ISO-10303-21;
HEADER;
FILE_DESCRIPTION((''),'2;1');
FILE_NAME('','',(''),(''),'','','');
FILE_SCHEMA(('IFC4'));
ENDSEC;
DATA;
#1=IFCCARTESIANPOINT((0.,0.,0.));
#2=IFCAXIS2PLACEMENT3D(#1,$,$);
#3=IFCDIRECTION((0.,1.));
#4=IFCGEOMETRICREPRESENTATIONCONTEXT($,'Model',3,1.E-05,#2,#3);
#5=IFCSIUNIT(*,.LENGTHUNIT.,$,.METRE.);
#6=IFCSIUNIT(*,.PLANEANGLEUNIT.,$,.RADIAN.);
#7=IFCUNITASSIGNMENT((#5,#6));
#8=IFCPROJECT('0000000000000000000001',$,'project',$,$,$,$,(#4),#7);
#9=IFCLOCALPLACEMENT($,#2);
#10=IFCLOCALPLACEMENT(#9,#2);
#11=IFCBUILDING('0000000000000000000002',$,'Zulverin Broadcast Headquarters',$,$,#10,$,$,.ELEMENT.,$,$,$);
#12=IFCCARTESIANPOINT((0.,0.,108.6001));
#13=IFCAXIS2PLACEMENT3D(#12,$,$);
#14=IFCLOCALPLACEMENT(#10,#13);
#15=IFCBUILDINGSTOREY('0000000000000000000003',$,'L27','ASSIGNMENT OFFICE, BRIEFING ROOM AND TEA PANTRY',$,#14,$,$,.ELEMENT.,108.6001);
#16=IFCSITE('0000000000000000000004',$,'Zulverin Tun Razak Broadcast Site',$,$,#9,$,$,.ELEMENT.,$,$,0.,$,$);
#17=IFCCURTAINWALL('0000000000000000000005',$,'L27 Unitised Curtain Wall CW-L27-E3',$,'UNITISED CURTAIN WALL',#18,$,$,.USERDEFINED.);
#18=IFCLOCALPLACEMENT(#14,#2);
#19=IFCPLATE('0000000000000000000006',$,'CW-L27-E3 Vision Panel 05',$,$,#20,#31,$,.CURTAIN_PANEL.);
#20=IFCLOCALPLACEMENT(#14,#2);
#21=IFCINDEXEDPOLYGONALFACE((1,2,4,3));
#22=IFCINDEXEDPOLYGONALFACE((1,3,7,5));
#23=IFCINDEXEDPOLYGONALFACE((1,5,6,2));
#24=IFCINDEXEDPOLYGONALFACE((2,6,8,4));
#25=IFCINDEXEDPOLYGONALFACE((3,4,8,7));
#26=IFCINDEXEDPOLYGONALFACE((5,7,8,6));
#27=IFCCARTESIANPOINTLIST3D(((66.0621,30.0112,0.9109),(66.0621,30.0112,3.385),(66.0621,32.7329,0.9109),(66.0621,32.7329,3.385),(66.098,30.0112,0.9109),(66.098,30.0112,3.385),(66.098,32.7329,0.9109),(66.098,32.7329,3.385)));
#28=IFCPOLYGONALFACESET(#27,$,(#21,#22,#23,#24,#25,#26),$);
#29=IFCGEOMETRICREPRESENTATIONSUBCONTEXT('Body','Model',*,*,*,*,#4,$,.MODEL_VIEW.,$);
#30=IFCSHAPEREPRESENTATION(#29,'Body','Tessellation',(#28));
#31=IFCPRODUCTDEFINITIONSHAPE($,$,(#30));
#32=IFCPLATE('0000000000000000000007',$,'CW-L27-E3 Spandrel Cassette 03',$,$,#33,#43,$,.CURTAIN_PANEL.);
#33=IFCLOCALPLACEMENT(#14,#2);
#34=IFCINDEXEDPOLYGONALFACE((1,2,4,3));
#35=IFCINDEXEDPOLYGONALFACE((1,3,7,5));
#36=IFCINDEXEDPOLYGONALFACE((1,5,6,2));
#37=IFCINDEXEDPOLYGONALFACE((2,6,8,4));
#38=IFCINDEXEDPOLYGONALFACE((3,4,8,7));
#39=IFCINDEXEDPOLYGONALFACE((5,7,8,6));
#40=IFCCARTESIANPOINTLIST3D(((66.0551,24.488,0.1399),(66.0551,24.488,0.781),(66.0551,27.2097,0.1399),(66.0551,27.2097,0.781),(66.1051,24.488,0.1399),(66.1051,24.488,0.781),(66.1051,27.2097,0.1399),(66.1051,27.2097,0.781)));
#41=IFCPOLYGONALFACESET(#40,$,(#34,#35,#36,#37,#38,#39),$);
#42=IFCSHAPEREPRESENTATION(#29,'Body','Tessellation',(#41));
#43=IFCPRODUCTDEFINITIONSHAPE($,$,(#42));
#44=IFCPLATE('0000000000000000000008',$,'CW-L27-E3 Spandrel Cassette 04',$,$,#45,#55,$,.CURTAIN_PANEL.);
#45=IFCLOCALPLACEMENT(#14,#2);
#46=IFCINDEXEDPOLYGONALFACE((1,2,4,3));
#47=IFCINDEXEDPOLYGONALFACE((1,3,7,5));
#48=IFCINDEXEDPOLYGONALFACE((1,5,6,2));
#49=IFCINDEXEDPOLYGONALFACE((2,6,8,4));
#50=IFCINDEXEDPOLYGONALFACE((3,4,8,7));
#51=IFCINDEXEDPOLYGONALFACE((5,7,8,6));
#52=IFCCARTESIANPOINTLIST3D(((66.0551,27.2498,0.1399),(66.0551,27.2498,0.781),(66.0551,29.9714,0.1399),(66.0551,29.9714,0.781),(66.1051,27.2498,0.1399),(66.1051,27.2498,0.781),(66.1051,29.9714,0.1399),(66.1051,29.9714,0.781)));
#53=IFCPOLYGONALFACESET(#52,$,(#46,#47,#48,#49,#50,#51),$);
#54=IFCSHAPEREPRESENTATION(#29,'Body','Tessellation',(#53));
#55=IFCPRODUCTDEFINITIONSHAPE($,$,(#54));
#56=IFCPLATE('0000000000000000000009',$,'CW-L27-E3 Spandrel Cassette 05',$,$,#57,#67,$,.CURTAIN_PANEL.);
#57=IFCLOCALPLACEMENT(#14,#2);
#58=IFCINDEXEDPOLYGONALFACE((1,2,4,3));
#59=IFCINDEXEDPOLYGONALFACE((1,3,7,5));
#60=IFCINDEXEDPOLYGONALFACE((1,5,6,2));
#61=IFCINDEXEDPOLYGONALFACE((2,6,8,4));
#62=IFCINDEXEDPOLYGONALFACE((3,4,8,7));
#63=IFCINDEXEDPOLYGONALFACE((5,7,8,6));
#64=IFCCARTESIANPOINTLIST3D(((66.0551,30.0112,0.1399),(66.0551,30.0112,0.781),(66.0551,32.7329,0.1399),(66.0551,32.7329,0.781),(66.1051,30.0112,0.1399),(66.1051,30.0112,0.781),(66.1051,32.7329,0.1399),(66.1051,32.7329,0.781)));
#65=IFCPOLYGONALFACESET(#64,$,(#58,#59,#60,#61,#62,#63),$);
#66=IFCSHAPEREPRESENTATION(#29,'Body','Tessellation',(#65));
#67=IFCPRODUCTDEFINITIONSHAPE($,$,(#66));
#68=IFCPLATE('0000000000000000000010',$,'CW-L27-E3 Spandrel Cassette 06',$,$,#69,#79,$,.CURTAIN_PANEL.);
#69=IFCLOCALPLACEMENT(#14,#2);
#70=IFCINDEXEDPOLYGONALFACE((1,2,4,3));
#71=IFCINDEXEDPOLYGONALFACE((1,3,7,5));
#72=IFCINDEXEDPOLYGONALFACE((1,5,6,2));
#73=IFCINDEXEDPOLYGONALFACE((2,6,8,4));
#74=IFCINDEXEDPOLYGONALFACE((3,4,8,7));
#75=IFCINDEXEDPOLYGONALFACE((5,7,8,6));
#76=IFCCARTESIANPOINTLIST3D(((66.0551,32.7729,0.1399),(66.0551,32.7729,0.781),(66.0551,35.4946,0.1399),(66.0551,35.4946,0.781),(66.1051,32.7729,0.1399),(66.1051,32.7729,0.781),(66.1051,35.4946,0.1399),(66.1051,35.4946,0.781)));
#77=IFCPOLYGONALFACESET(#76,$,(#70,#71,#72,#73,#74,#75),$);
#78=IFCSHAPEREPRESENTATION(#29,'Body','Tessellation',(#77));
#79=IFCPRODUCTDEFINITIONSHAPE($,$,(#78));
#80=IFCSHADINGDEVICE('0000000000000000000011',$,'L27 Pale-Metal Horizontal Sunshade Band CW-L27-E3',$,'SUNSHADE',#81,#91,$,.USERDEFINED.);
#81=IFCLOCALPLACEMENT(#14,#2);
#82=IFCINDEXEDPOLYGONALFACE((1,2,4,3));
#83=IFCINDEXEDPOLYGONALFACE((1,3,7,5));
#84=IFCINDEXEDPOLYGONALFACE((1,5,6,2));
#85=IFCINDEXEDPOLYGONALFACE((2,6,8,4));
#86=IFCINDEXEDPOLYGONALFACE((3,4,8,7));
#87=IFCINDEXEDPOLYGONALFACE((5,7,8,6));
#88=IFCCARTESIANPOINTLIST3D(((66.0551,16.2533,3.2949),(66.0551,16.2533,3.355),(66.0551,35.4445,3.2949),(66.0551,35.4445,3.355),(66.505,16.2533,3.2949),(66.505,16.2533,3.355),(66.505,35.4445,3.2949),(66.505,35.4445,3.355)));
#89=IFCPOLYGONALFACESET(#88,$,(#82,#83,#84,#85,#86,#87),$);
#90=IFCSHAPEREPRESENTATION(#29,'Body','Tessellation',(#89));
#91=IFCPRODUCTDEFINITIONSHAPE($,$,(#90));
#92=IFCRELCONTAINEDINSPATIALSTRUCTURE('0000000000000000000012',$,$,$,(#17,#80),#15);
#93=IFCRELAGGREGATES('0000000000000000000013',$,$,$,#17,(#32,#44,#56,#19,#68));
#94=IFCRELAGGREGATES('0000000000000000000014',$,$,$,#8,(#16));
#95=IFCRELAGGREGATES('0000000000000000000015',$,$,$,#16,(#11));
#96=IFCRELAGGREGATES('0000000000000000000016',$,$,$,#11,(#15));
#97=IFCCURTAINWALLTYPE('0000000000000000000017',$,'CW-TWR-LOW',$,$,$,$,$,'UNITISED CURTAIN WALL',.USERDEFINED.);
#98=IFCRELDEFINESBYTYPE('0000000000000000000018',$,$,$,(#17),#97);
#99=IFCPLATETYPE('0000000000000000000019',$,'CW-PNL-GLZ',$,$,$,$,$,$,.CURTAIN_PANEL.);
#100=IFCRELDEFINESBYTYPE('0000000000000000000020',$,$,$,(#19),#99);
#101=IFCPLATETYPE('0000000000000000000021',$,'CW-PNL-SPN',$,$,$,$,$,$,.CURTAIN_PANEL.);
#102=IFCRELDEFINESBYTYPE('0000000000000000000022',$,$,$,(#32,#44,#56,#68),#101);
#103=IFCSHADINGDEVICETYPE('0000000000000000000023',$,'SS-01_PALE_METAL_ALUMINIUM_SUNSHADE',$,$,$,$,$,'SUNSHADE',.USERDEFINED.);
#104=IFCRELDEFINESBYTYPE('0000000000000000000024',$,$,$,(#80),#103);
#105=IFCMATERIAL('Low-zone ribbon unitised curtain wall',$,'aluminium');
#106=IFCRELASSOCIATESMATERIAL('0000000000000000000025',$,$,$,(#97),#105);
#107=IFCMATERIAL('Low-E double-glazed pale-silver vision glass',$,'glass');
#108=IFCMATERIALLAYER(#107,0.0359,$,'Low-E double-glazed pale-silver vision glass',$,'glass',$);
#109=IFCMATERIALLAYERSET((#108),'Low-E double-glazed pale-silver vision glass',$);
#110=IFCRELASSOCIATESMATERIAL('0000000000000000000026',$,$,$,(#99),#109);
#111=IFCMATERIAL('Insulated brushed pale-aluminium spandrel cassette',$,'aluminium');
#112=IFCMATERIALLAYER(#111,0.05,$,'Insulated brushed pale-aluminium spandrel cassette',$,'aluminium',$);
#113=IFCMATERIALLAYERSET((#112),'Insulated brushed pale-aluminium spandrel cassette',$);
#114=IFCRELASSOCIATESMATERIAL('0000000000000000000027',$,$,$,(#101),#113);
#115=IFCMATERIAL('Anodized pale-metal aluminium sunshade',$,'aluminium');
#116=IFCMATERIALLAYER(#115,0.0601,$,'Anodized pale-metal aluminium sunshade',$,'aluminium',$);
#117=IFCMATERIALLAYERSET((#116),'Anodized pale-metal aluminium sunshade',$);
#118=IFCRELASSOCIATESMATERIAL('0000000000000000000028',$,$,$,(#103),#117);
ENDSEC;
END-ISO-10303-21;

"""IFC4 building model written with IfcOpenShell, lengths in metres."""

from ifc_helpers import new_model, si_unit, direction, frame, origin, origin_2d, place, context, subcontext, project, spatial, rectangle, extrude, material, layer, layer_set, type_object, element, aggregate, save


model = new_model("IFC4")

# Units and contexts
model_context = context("Model", 3, precision=1e-05, world=origin(), true_north=direction((0.0, 1.0)))
body_context = subcontext(model_context, "Body", "Model", "MODEL_VIEW")
ifc_project = project(units=[si_unit("LENGTHUNIT", "METRE"), si_unit("PLANEANGLEUNIT", "RADIAN")], contexts=[model_context])

# Site, building, storey
site_placement = place(None, origin())
site = spatial("IfcSite", under=ifc_project, at=site_placement, Name="Zulverin Tun Razak Broadcast Site", CompositionType="ELEMENT", RefElevation=0.0)
building_placement = place(site_placement, origin())
building = spatial("IfcBuilding", under=site, at=building_placement, Name="Zulverin Broadcast Headquarters", CompositionType="ELEMENT")
storey_placement = place(building_placement, frame((0.0, 0.0, 108.6001)))
storey = spatial("IfcBuildingStorey", under=building, at=storey_placement, Name="L27", Description="ASSIGNMENT OFFICE, BRIEFING ROOM AND TEA PANTRY", CompositionType="ELEMENT", Elevation=108.6001)

# Curtain wall, plates
ifc_material_1 = material(Name="Low-zone ribbon unitised curtain wall", Category="aluminium")
curtain_wall_type = type_object("IfcCurtainWallType", Name="CW-TWR-LOW", ElementType="UNITISED CURTAIN WALL", PredefinedType="USERDEFINED", material=ifc_material_1)
curtain_wall_placement = place(storey_placement, origin())
curtain_wall = element("IfcCurtainWall", 1, at=curtain_wall_placement, inside=storey, type_object=curtain_wall_type, Name="L27 Unitised Curtain Wall CW-L27-E3", ObjectType="UNITISED CURTAIN WALL", PredefinedType="USERDEFINED")
ifc_material_2 = material(Name="Low-E double-glazed pale-silver vision glass", Category="glass")
ifc_layer_1 = layer(ifc_material_2, 0.0359, Name="Low-E double-glazed pale-silver vision glass", Category="glass")
ifc_layer_set_1 = layer_set([ifc_layer_1], Name="Low-E double-glazed pale-silver vision glass")
plate_type_1 = type_object("IfcPlateType", Name="CW-PNL-GLZ", PredefinedType="CURTAIN_PANEL", material=ifc_layer_set_1)
plate_1_placement = place(storey_placement, frame((66.0801, 31.3721, 0.9109), z_axis=(0.0, 0.0, 1.0), x_axis=(0.0, 1.0, 0.0)))
plate_1 = element("IfcPlate", 2, at=plate_1_placement, type_object=plate_type_1, Name="CW-L27-E3 Vision Panel 05", PredefinedType="CURTAIN_PANEL", context=body_context, shape_type="SweptSolid", body=[
    extrude(rectangle(XDim=2.7217, YDim=0.0359, at=origin_2d()), origin(), (0.0, 0.0, 1.0), 2.4741),
])
ifc_material_3 = material(Name="Insulated brushed pale-aluminium spandrel cassette", Category="aluminium")
ifc_layer_2 = layer(ifc_material_3, 0.05, Name="Insulated brushed pale-aluminium spandrel cassette", Category="aluminium")
ifc_layer_set_2 = layer_set([ifc_layer_2], Name="Insulated brushed pale-aluminium spandrel cassette")
plate_type_2 = type_object("IfcPlateType", Name="CW-PNL-SPN", PredefinedType="CURTAIN_PANEL", material=ifc_layer_set_2)
plate_2_placement = place(storey_placement, frame((66.0801, 25.8489, 0.1399), z_axis=(0.0, 0.0, 1.0), x_axis=(0.0, 1.0, 0.0)))
plate_2 = element("IfcPlate", 3, at=plate_2_placement, type_object=plate_type_2, Name="CW-L27-E3 Spandrel Cassette 03", PredefinedType="CURTAIN_PANEL", context=body_context, shape_type="SweptSolid", body=[
    extrude(rectangle(XDim=2.7217, YDim=0.05, at=origin_2d()), origin(), (0.0, 0.0, 1.0), 0.6411),
])
plate_3_placement = place(storey_placement, frame((66.0801, 28.6106, 0.1399), z_axis=(0.0, 0.0, 1.0), x_axis=(0.0, 1.0, 0.0)))
plate_3 = element("IfcPlate", 4, at=plate_3_placement, type_object=plate_type_2, Name="CW-L27-E3 Spandrel Cassette 04", PredefinedType="CURTAIN_PANEL", context=body_context, shape_type="SweptSolid", body=[
    extrude(rectangle(XDim=2.7217, YDim=0.05, at=origin_2d()), origin(), (0.0, 0.0, 1.0), 0.6411),
])
plate_4_placement = place(storey_placement, frame((66.0801, 31.3721, 0.1399), z_axis=(0.0, 0.0, 1.0), x_axis=(0.0, 1.0, 0.0)))
plate_4 = element("IfcPlate", 5, at=plate_4_placement, type_object=plate_type_2, Name="CW-L27-E3 Spandrel Cassette 05", PredefinedType="CURTAIN_PANEL", context=body_context, shape_type="SweptSolid", body=[
    extrude(rectangle(XDim=2.7217, YDim=0.05, at=origin_2d()), origin(), (0.0, 0.0, 1.0), 0.6411),
])
plate_5_placement = place(storey_placement, frame((66.0801, 34.1338, 0.1399), z_axis=(0.0, 0.0, 1.0), x_axis=(0.0, 1.0, 0.0)))
plate_5 = element("IfcPlate", 6, at=plate_5_placement, type_object=plate_type_2, Name="CW-L27-E3 Spandrel Cassette 06", PredefinedType="CURTAIN_PANEL", context=body_context, shape_type="SweptSolid", body=[
    extrude(rectangle(XDim=2.7217, YDim=0.05, at=origin_2d()), origin(), (0.0, 0.0, 1.0), 0.6411),
])
aggregate(curtain_wall, [plate_2, plate_3, plate_4, plate_1, plate_5])

# Shading device
ifc_material_4 = material(Name="Anodized pale-metal aluminium sunshade", Category="aluminium")
ifc_layer_3 = layer(ifc_material_4, 0.0601, Name="Anodized pale-metal aluminium sunshade", Category="aluminium")
ifc_layer_set_3 = layer_set([ifc_layer_3], Name="Anodized pale-metal aluminium sunshade")
shading_device_type = type_object("IfcShadingDeviceType", Name="SS-01_PALE_METAL_ALUMINIUM_SUNSHADE", ElementType="SUNSHADE", PredefinedType="USERDEFINED", material=ifc_layer_set_3)
shading_device_placement = place(storey_placement, frame((66.28, 25.8489, 3.2949), z_axis=(0.0, 0.0, 1.0), x_axis=(0.0, 1.0, 0.0)))
element("IfcShadingDevice", 7, at=shading_device_placement, inside=storey, type_object=shading_device_type, Name="L27 Pale-Metal Horizontal Sunshade Band CW-L27-E3", ObjectType="SUNSHADE", PredefinedType="USERDEFINED", context=body_context, shape_type="SweptSolid", body=[
    extrude(rectangle(XDim=19.1912, YDim=0.45, at=origin_2d()), origin(), (0.0, 0.0, 1.0), 0.0601),
])

save(model, "model.ifc")
